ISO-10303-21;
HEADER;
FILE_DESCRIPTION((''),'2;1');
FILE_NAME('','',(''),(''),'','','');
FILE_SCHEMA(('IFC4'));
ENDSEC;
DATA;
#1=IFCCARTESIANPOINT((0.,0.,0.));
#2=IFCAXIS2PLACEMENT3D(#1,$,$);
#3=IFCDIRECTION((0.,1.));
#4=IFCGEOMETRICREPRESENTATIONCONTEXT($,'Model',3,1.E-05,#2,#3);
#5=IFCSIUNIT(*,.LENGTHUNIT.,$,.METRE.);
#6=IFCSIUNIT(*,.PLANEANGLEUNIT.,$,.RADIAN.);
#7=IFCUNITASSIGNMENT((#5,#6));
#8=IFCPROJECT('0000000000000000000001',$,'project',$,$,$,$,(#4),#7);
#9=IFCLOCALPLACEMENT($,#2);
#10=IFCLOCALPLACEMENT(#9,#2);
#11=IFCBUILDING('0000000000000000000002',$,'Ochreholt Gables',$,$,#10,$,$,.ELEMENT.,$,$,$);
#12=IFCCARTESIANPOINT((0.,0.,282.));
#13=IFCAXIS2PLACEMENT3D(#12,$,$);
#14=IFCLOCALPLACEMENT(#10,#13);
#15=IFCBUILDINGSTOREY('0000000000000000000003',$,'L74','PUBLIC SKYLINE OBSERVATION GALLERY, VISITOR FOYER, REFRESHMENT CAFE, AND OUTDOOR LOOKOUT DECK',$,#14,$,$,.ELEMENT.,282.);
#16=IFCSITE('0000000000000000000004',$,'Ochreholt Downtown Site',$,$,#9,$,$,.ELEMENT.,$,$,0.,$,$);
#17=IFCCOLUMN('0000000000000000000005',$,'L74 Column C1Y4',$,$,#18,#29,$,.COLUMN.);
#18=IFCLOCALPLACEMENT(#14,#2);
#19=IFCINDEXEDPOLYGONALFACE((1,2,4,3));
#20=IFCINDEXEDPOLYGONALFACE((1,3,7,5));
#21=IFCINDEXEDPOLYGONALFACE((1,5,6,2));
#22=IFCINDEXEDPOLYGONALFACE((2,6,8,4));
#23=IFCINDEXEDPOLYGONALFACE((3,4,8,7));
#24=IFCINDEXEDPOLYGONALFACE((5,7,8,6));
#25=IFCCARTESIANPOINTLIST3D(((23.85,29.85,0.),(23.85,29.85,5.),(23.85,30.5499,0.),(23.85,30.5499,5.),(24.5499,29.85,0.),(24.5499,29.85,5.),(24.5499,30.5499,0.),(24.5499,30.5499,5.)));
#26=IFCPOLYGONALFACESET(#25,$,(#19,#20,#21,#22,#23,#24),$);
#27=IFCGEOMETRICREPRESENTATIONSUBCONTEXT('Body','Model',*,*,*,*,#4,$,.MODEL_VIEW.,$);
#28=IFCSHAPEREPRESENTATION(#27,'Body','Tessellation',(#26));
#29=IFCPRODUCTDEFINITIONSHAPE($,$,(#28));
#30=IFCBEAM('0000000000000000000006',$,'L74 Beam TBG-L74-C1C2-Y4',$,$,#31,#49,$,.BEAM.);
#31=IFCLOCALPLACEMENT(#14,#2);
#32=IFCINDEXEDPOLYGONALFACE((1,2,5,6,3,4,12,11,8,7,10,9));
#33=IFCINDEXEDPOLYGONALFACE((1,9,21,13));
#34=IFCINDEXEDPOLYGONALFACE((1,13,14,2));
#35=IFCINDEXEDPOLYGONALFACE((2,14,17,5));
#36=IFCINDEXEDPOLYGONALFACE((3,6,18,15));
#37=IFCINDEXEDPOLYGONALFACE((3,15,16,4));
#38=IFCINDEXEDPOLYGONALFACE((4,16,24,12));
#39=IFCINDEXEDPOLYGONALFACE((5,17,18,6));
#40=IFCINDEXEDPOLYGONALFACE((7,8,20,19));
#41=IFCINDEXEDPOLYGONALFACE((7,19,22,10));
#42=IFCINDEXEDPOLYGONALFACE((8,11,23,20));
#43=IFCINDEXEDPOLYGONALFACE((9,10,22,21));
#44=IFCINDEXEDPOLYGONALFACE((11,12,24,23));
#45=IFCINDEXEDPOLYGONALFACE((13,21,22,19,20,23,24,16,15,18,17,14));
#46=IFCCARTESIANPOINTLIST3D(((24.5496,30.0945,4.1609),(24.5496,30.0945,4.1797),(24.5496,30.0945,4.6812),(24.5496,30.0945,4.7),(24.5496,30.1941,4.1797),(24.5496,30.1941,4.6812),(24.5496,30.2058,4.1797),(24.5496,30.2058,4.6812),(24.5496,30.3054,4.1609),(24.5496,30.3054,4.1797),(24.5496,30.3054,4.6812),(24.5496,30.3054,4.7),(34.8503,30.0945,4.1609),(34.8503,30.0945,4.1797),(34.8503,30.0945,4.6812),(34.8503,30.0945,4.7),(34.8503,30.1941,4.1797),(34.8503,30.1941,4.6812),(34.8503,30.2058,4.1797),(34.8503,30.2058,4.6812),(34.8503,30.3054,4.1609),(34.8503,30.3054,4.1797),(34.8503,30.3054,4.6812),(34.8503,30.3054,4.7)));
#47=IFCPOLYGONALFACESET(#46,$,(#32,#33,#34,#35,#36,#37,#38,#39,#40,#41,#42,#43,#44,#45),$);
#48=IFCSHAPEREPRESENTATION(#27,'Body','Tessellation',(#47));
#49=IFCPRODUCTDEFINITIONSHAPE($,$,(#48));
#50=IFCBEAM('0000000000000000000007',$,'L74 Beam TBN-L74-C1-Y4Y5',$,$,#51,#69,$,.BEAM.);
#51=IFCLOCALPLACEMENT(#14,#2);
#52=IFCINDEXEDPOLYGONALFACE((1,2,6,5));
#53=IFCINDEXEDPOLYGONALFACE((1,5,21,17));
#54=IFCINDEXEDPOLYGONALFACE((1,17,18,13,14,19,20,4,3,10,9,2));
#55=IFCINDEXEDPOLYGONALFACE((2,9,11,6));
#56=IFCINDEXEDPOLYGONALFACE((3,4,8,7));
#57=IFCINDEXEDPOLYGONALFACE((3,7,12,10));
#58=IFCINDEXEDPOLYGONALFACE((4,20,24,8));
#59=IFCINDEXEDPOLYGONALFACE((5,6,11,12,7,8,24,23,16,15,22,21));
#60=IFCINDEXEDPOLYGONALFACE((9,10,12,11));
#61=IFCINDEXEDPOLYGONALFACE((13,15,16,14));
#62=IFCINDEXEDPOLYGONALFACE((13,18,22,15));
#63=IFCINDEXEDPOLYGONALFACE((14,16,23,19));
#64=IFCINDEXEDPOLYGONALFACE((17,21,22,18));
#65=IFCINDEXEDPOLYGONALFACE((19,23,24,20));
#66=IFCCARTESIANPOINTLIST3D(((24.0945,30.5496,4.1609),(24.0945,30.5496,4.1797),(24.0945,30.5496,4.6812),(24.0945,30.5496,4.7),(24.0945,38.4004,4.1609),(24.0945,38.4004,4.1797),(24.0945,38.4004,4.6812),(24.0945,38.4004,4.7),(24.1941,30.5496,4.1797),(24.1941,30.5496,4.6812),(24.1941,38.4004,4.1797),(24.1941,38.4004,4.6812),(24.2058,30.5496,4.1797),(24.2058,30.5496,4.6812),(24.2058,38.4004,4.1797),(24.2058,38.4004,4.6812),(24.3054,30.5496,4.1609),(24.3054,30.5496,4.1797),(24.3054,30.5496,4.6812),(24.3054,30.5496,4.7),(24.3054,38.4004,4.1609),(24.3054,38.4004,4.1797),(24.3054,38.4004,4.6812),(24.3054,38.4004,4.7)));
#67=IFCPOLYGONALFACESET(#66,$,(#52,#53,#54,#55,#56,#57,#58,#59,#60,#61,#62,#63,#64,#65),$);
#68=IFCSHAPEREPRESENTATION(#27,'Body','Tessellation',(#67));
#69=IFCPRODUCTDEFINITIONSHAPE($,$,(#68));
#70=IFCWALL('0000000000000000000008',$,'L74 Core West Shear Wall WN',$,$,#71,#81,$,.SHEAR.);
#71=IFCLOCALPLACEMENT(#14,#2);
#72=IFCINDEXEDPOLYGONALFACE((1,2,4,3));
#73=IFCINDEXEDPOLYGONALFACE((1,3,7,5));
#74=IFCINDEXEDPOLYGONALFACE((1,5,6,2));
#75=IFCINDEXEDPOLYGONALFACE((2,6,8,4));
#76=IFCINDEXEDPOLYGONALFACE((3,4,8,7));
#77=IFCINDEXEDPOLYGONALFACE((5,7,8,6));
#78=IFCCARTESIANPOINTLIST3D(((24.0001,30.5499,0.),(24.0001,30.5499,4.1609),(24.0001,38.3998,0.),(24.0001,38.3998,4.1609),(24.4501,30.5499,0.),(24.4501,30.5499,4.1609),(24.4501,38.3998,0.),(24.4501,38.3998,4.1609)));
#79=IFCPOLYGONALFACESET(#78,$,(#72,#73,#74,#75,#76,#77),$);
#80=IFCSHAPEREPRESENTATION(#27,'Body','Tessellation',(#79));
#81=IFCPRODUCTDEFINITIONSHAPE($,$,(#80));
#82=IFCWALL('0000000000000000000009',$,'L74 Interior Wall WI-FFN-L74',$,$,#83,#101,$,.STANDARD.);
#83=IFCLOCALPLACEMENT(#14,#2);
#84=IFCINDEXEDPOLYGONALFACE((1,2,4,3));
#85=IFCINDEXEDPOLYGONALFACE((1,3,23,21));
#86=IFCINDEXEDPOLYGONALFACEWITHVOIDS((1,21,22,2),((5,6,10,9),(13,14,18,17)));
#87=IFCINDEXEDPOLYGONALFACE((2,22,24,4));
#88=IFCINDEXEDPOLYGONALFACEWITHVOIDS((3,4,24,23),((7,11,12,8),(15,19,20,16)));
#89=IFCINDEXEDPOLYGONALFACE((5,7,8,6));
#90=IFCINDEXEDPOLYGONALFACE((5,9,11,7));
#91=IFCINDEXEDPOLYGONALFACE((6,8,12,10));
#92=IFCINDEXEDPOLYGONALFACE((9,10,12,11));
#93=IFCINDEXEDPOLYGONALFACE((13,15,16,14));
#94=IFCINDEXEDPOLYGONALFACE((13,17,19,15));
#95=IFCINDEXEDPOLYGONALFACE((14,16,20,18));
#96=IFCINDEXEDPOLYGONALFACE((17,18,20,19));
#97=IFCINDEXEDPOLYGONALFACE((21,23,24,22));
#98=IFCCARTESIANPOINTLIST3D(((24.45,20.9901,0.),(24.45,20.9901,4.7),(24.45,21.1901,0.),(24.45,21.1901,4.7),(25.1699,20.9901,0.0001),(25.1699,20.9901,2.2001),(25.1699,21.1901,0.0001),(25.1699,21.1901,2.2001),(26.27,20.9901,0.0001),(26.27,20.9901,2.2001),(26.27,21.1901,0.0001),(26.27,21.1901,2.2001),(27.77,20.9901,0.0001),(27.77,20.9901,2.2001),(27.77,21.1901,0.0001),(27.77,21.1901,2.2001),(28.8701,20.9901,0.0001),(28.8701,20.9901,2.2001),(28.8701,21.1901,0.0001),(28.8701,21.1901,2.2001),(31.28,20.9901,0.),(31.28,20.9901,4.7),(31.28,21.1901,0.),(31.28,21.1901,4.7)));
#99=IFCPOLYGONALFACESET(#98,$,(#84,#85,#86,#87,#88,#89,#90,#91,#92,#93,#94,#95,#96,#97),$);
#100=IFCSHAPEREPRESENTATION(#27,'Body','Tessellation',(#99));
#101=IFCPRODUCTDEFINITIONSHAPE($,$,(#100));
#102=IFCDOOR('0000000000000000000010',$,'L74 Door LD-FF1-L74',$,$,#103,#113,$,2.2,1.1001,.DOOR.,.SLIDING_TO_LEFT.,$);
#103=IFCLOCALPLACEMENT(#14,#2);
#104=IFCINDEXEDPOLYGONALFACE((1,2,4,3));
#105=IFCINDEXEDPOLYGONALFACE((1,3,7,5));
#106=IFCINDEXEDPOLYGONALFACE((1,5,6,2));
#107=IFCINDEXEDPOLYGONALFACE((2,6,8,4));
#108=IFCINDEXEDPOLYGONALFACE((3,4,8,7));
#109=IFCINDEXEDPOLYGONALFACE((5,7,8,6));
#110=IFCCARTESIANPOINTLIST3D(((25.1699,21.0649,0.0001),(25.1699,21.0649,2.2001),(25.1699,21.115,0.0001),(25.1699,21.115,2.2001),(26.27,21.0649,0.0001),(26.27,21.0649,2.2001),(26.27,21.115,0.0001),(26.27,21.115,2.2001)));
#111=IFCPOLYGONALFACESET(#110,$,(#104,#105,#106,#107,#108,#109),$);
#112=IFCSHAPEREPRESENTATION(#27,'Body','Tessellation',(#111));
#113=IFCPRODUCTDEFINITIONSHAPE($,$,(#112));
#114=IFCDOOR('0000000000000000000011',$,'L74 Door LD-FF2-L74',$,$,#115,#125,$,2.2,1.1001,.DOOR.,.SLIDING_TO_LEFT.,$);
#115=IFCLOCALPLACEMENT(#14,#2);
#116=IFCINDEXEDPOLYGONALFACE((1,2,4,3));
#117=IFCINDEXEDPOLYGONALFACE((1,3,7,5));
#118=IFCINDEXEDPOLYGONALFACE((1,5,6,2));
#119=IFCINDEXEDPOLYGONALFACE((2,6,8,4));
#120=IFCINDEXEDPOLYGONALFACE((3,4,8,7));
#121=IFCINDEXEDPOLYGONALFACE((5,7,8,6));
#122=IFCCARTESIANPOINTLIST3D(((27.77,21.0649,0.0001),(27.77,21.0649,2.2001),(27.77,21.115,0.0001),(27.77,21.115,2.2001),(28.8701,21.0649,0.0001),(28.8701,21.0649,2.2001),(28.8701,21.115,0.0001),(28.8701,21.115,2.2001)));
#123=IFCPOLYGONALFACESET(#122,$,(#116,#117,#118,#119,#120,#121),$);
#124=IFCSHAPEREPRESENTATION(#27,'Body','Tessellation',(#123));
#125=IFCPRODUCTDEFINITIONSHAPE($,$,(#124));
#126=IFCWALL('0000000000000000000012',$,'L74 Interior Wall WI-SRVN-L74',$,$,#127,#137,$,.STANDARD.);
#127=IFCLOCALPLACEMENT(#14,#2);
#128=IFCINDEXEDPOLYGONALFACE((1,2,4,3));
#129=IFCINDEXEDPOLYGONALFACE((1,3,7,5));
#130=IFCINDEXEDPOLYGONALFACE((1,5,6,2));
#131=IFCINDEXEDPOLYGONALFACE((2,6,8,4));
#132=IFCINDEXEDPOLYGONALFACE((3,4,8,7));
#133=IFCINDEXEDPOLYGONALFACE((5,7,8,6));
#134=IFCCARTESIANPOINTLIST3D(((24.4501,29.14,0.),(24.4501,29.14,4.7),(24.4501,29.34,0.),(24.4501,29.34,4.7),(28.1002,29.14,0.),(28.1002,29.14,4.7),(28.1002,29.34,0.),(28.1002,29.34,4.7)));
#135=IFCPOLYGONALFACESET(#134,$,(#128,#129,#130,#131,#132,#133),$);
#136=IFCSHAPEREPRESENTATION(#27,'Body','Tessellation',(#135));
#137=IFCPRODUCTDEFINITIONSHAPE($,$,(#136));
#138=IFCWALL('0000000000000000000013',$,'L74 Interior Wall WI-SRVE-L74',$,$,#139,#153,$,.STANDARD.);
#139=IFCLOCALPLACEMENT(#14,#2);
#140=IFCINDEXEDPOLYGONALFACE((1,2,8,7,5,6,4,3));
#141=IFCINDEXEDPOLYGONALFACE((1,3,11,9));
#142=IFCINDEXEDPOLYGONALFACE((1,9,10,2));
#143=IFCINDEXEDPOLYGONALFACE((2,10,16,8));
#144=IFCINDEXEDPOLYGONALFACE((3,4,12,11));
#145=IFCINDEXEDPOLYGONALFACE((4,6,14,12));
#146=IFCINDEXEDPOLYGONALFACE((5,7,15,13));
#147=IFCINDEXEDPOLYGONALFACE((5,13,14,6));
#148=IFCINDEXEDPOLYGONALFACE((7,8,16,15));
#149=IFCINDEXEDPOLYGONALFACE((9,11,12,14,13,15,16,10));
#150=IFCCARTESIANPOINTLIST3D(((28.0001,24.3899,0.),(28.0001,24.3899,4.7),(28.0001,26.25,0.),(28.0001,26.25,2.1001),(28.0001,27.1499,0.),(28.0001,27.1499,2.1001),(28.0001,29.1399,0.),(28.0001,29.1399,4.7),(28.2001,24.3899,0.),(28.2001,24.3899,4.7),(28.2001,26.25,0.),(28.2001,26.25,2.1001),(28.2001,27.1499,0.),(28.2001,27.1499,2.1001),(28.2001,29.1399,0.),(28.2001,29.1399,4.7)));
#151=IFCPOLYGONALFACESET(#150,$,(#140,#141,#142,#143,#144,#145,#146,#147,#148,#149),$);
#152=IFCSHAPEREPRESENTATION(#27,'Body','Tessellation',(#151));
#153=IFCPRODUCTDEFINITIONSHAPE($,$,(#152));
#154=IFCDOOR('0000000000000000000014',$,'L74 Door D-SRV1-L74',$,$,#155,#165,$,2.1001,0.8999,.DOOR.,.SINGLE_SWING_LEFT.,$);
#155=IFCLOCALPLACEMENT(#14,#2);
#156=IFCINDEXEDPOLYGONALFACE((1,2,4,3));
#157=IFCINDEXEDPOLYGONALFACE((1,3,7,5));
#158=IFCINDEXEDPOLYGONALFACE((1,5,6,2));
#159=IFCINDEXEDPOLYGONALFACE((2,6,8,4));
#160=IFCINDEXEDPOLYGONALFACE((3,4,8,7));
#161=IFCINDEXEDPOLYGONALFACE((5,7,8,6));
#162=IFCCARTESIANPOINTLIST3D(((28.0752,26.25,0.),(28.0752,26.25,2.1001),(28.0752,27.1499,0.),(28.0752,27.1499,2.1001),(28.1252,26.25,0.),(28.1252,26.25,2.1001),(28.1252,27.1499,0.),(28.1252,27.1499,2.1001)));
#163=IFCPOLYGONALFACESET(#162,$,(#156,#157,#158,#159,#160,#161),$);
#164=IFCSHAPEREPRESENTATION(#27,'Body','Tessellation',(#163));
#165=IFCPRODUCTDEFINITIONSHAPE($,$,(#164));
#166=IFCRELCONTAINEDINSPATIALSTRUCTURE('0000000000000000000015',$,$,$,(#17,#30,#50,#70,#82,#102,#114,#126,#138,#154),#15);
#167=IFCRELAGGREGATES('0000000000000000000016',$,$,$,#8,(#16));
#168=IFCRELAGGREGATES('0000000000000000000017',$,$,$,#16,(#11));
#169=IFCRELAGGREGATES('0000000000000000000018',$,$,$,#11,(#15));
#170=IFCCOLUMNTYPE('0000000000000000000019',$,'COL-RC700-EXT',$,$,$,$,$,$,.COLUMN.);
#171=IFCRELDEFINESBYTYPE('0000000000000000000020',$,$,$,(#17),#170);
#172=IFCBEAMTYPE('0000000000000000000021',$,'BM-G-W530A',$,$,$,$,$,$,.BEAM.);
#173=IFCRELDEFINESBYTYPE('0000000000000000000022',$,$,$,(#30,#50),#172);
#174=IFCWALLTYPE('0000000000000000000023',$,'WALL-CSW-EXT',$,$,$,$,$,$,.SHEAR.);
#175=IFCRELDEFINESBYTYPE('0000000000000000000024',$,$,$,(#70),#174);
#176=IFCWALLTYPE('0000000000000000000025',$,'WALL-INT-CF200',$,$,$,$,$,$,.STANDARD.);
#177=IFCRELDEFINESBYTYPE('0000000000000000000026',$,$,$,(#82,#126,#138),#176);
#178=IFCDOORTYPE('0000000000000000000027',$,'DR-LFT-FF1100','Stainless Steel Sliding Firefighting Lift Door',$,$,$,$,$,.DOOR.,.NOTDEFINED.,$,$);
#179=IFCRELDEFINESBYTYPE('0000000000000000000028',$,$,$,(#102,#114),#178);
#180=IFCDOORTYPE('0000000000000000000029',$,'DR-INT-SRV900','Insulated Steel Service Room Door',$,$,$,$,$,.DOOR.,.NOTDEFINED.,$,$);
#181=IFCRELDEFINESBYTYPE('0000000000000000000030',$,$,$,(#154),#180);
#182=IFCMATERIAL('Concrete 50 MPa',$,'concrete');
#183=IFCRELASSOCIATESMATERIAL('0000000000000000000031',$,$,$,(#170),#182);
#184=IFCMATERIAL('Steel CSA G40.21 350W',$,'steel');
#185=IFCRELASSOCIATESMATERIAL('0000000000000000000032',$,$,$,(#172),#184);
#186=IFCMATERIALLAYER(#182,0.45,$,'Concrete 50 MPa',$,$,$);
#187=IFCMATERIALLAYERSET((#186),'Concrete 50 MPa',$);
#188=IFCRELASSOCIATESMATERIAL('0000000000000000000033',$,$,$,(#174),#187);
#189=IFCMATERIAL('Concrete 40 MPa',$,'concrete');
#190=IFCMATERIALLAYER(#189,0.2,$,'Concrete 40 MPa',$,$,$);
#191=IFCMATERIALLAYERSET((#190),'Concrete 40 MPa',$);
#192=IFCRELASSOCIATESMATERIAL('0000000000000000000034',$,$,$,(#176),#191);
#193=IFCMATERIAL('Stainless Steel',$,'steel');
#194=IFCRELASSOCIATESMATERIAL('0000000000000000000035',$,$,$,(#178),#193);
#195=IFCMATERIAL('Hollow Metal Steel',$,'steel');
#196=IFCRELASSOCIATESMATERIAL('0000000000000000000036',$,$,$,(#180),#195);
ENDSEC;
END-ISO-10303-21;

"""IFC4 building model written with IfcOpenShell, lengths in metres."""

from ifc_helpers import new_model, si_unit, direction, frame, frame_2d, origin, origin_2d, place, context, subcontext, project, spatial, rectangle, i_section, extrude, material, layer, layer_set, material_profile, profile_set, type_object, element, fill, save


model = new_model("IFC4")

# Units and contexts
model_context = context("Model", 3, precision=1e-05, world=origin(), true_north=direction((0.0, 1.0)))
body_context = subcontext(model_context, "Body", "Model", "MODEL_VIEW")
ifc_project = project(units=[si_unit("LENGTHUNIT", "METRE"), si_unit("PLANEANGLEUNIT", "RADIAN")], contexts=[model_context])

# Site, building, storey
site_placement = place(None, origin())
site = spatial("IfcSite", under=ifc_project, at=site_placement, Name="Ochreholt Downtown Site", CompositionType="ELEMENT", RefElevation=0.0)
building_placement = place(site_placement, origin())
building = spatial("IfcBuilding", under=site, at=building_placement, Name="Ochreholt Gables", CompositionType="ELEMENT")
storey_placement = place(building_placement, frame((0.0, 0.0, 282.0)))
storey = spatial("IfcBuildingStorey", under=building, at=storey_placement, Name="L74", Description="PUBLIC SKYLINE OBSERVATION GALLERY, VISITOR FOYER, REFRESHMENT CAFE, AND OUTDOOR LOOKOUT DECK", CompositionType="ELEMENT", Elevation=282.0)

# Column
ifc_material_1 = material(Name="Concrete 50 MPa", Category="concrete")
ifc_material_profile_1 = material_profile(ifc_material_1, rectangle(XDim=0.7, YDim=0.7, at=origin_2d()), Name="RC700X700")
ifc_profile_set_1 = profile_set([ifc_material_profile_1], Name="Concrete 50 MPa")
column_type = type_object("IfcColumnType", Name="COL-RC700-EXT", PredefinedType="COLUMN", material=ifc_profile_set_1)
column_placement = place(storey_placement, frame((24.2, 30.2, 0.0), z_axis=(0.0, 0.0, 1.0), x_axis=(1.0, 0.0, 0.0)))
element("IfcColumn", 1, at=column_placement, inside=storey, type_object=column_type, Name="L74 Column C1Y4", PredefinedType="COLUMN", context=body_context, shape_type="SweptSolid", body=[
    extrude(rectangle(XDim=0.7, YDim=0.7, at=origin_2d()), origin(), (0.0, 0.0, 1.0), 5.0),
])

# Beams
ifc_material_2 = material(Name="Steel CSA G40.21 350W", Category="steel")
ifc_material_profile_2 = material_profile(ifc_material_2, i_section(OverallWidth=0.2109, OverallDepth=0.5391, WebThickness=0.0117, FlangeThickness=0.0188, at=origin_2d()), Name="W530X109")
ifc_profile_set_2 = profile_set([ifc_material_profile_2], Name="Steel CSA G40.21 350W")
beam_type = type_object("IfcBeamType", Name="BM-G-W530A", PredefinedType="BEAM", material=ifc_profile_set_2)
beam_1_placement = place(storey_placement, frame((24.5496, 30.2, 4.4304), z_axis=(1.0, 0.0, 0.0), x_axis=(0.0, 1.0, 0.0)))
element("IfcBeam", 2, at=beam_1_placement, inside=storey, type_object=beam_type, Name="L74 Beam TBG-L74-C1C2-Y4", PredefinedType="BEAM", context=body_context, shape_type="SweptSolid", body=[
    extrude(i_section(OverallWidth=0.2109, OverallDepth=0.5391, WebThickness=0.0117, FlangeThickness=0.0188, at=origin_2d()), origin(), (0.0, 0.0, 1.0), 10.3008),
])
beam_2_placement = place(storey_placement, frame((24.2, 30.5496, 4.4304), z_axis=(0.0, 1.0, 0.0), x_axis=(-1.0, 0.0, 0.0)))
element("IfcBeam", 3, at=beam_2_placement, inside=storey, type_object=beam_type, Name="L74 Beam TBN-L74-C1-Y4Y5", PredefinedType="BEAM", context=body_context, shape_type="SweptSolid", body=[
    extrude(i_section(OverallWidth=0.2109, OverallDepth=0.5391, WebThickness=0.0117, FlangeThickness=0.0188, at=origin_2d()), origin(), (0.0, 0.0, 1.0), 7.8508),
])

# Wall
ifc_layer_1 = layer(ifc_material_1, 0.45, Name="Concrete 50 MPa")
ifc_layer_set_1 = layer_set([ifc_layer_1], Name="Concrete 50 MPa")
wall_type_1 = type_object("IfcWallType", Name="WALL-CSW-EXT", PredefinedType="SHEAR", material=ifc_layer_set_1)
wall_1_placement = place(storey_placement, frame((24.2251, 30.55, 0.0), z_axis=(0.0, 0.0, 1.0), x_axis=(0.0, 1.0, 0.0)))
element("IfcWall", 4, at=wall_1_placement, inside=storey, type_object=wall_type_1, Name="L74 Core West Shear Wall WN", PredefinedType="SHEAR", context=body_context, shape_type="SweptSolid", body=[
    extrude(rectangle(XDim=7.8499, YDim=0.45, at=frame_2d((3.9248, 0.0))), origin(), (0.0, 0.0, 1.0), 4.1609),
])

# Wall, openings, doors
ifc_material_3 = material(Name="Concrete 40 MPa", Category="concrete")
ifc_layer_2 = layer(ifc_material_3, 0.2, Name="Concrete 40 MPa")
ifc_layer_set_2 = layer_set([ifc_layer_2], Name="Concrete 40 MPa")
wall_type_2 = type_object("IfcWallType", Name="WALL-INT-CF200", PredefinedType="STANDARD", material=ifc_layer_set_2)
wall_2_placement = place(storey_placement, frame((24.45, 21.0901, 0.0), z_axis=(0.0, 0.0, 1.0), x_axis=(1.0, 0.0, 0.0)))
wall_2 = element("IfcWall", 5, at=wall_2_placement, inside=storey, type_object=wall_type_2, Name="L74 Interior Wall WI-FFN-L74", PredefinedType="STANDARD", context=body_context, shape_type="SweptSolid", body=[
    extrude(rectangle(XDim=6.8301, YDim=0.2, at=frame_2d((3.415, 0.0))), origin(), (0.0, 0.0, 1.0), 4.7),
])
opening_1_placement = place(wall_2_placement, frame((0.72, 0.0, 0.0)))
opening_1 = element("IfcOpeningElement", 6, at=opening_1_placement, cuts=wall_2, PredefinedType="OPENING", context=body_context, shape_type="SweptSolid", body=[
    extrude(rectangle(XDim=1.1001, YDim=2.2, at=frame_2d((0.55, 1.1001))), frame((0.0, 0.1099, 0.0), z_axis=(0.0, -1.0, 0.0), x_axis=(1.0, 0.0, 0.0)), (0.0, 0.0, 1.0), 0.22),
])
opening_2_placement = place(wall_2_placement, frame((3.3201, 0.0, 0.0)))
opening_2 = element("IfcOpeningElement", 7, at=opening_2_placement, cuts=wall_2, PredefinedType="OPENING", context=body_context, shape_type="SweptSolid", body=[
    extrude(rectangle(XDim=1.1001, YDim=2.2, at=frame_2d((0.55, 1.1001))), frame((0.0, 0.1099, 0.0), z_axis=(0.0, -1.0, 0.0), x_axis=(1.0, 0.0, 0.0)), (0.0, 0.0, 1.0), 0.22),
])
ifc_material_4 = material(Name="Stainless Steel", Category="steel")
door_type_1 = type_object("IfcDoorType", Name="DR-LFT-FF1100", Description="Stainless Steel Sliding Firefighting Lift Door", OperationType="NOTDEFINED", PredefinedType="DOOR", material=ifc_material_4)
door_1_placement = place(opening_1_placement, origin())
door_1 = element("IfcDoor", 8, at=door_1_placement, inside=storey, type_object=door_type_1, Name="L74 Door LD-FF1-L74", OperationType="SLIDING_TO_LEFT", OverallHeight=2.2, OverallWidth=1.1001, PredefinedType="DOOR", context=body_context, shape_type="SweptSolid", body=[
    extrude(rectangle(XDim=1.1001, YDim=2.2, at=frame_2d((0.55, 1.1001))), frame((0.0, 0.0249, 0.0), z_axis=(0.0, -1.0, 0.0), x_axis=(1.0, 0.0, 0.0)), (0.0, 0.0, 1.0), 0.05),
])
fill(opening_1, door_1)
door_2_placement = place(opening_2_placement, origin())
door_2 = element("IfcDoor", 9, at=door_2_placement, inside=storey, type_object=door_type_1, Name="L74 Door LD-FF2-L74", OperationType="SLIDING_TO_LEFT", OverallHeight=2.2, OverallWidth=1.1001, PredefinedType="DOOR", context=body_context, shape_type="SweptSolid", body=[
    extrude(rectangle(XDim=1.1001, YDim=2.2, at=frame_2d((0.55, 1.1001))), frame((0.0, 0.0249, 0.0), z_axis=(0.0, -1.0, 0.0), x_axis=(1.0, 0.0, 0.0)), (0.0, 0.0, 1.0), 0.05),
])
fill(opening_2, door_2)

# Wall
wall_3_placement = place(storey_placement, frame((24.45, 29.24, 0.0), z_axis=(0.0, 0.0, 1.0), x_axis=(1.0, 0.0, 0.0)))
element("IfcWall", 10, at=wall_3_placement, inside=storey, type_object=wall_type_2, Name="L74 Interior Wall WI-SRVN-L74", PredefinedType="STANDARD", context=body_context, shape_type="SweptSolid", body=[
    extrude(rectangle(XDim=3.6501, YDim=0.2, at=frame_2d((1.8252, 0.0))), origin(), (0.0, 0.0, 1.0), 4.7),
])

# Wall, opening, door
wall_4_placement = place(storey_placement, frame((28.1001, 24.3899, 0.0), z_axis=(0.0, 0.0, 1.0), x_axis=(0.0, 1.0, 0.0)))
wall_4 = element("IfcWall", 11, at=wall_4_placement, inside=storey, type_object=wall_type_2, Name="L74 Interior Wall WI-SRVE-L74", PredefinedType="STANDARD", context=body_context, shape_type="SweptSolid", body=[
    extrude(rectangle(XDim=4.75, YDim=0.2, at=frame_2d((2.375, 0.0))), origin(), (0.0, 0.0, 1.0), 4.7),
])
opening_3_placement = place(wall_4_placement, frame((1.8601, 0.0, 0.0)))
opening_3 = element("IfcOpeningElement", 12, at=opening_3_placement, cuts=wall_4, PredefinedType="OPENING", context=body_context, shape_type="SweptSolid", body=[
    extrude(rectangle(XDim=0.8999, YDim=2.1001, at=frame_2d((0.45, 1.05))), frame((0.0, 0.1099, 0.0), z_axis=(0.0, -1.0, 0.0), x_axis=(1.0, 0.0, 0.0)), (0.0, 0.0, 1.0), 0.22),
])
ifc_material_5 = material(Name="Hollow Metal Steel", Category="steel")
door_type_2 = type_object("IfcDoorType", Name="DR-INT-SRV900", Description="Insulated Steel Service Room Door", OperationType="NOTDEFINED", PredefinedType="DOOR", material=ifc_material_5)
door_3_placement = place(opening_3_placement, origin())
door_3 = element("IfcDoor", 13, at=door_3_placement, inside=storey, type_object=door_type_2, Name="L74 Door D-SRV1-L74", OperationType="SINGLE_SWING_LEFT", OverallHeight=2.1001, OverallWidth=0.8999, PredefinedType="DOOR", context=body_context, shape_type="SweptSolid", body=[
    extrude(rectangle(XDim=0.8999, YDim=2.1001, at=frame_2d((0.45, 1.05))), frame((0.0, 0.0249, 0.0), z_axis=(0.0, -1.0, 0.0), x_axis=(1.0, 0.0, 0.0)), (0.0, 0.0, 1.0), 0.05),
])
fill(opening_3, door_3)

save(model, "model.ifc")
